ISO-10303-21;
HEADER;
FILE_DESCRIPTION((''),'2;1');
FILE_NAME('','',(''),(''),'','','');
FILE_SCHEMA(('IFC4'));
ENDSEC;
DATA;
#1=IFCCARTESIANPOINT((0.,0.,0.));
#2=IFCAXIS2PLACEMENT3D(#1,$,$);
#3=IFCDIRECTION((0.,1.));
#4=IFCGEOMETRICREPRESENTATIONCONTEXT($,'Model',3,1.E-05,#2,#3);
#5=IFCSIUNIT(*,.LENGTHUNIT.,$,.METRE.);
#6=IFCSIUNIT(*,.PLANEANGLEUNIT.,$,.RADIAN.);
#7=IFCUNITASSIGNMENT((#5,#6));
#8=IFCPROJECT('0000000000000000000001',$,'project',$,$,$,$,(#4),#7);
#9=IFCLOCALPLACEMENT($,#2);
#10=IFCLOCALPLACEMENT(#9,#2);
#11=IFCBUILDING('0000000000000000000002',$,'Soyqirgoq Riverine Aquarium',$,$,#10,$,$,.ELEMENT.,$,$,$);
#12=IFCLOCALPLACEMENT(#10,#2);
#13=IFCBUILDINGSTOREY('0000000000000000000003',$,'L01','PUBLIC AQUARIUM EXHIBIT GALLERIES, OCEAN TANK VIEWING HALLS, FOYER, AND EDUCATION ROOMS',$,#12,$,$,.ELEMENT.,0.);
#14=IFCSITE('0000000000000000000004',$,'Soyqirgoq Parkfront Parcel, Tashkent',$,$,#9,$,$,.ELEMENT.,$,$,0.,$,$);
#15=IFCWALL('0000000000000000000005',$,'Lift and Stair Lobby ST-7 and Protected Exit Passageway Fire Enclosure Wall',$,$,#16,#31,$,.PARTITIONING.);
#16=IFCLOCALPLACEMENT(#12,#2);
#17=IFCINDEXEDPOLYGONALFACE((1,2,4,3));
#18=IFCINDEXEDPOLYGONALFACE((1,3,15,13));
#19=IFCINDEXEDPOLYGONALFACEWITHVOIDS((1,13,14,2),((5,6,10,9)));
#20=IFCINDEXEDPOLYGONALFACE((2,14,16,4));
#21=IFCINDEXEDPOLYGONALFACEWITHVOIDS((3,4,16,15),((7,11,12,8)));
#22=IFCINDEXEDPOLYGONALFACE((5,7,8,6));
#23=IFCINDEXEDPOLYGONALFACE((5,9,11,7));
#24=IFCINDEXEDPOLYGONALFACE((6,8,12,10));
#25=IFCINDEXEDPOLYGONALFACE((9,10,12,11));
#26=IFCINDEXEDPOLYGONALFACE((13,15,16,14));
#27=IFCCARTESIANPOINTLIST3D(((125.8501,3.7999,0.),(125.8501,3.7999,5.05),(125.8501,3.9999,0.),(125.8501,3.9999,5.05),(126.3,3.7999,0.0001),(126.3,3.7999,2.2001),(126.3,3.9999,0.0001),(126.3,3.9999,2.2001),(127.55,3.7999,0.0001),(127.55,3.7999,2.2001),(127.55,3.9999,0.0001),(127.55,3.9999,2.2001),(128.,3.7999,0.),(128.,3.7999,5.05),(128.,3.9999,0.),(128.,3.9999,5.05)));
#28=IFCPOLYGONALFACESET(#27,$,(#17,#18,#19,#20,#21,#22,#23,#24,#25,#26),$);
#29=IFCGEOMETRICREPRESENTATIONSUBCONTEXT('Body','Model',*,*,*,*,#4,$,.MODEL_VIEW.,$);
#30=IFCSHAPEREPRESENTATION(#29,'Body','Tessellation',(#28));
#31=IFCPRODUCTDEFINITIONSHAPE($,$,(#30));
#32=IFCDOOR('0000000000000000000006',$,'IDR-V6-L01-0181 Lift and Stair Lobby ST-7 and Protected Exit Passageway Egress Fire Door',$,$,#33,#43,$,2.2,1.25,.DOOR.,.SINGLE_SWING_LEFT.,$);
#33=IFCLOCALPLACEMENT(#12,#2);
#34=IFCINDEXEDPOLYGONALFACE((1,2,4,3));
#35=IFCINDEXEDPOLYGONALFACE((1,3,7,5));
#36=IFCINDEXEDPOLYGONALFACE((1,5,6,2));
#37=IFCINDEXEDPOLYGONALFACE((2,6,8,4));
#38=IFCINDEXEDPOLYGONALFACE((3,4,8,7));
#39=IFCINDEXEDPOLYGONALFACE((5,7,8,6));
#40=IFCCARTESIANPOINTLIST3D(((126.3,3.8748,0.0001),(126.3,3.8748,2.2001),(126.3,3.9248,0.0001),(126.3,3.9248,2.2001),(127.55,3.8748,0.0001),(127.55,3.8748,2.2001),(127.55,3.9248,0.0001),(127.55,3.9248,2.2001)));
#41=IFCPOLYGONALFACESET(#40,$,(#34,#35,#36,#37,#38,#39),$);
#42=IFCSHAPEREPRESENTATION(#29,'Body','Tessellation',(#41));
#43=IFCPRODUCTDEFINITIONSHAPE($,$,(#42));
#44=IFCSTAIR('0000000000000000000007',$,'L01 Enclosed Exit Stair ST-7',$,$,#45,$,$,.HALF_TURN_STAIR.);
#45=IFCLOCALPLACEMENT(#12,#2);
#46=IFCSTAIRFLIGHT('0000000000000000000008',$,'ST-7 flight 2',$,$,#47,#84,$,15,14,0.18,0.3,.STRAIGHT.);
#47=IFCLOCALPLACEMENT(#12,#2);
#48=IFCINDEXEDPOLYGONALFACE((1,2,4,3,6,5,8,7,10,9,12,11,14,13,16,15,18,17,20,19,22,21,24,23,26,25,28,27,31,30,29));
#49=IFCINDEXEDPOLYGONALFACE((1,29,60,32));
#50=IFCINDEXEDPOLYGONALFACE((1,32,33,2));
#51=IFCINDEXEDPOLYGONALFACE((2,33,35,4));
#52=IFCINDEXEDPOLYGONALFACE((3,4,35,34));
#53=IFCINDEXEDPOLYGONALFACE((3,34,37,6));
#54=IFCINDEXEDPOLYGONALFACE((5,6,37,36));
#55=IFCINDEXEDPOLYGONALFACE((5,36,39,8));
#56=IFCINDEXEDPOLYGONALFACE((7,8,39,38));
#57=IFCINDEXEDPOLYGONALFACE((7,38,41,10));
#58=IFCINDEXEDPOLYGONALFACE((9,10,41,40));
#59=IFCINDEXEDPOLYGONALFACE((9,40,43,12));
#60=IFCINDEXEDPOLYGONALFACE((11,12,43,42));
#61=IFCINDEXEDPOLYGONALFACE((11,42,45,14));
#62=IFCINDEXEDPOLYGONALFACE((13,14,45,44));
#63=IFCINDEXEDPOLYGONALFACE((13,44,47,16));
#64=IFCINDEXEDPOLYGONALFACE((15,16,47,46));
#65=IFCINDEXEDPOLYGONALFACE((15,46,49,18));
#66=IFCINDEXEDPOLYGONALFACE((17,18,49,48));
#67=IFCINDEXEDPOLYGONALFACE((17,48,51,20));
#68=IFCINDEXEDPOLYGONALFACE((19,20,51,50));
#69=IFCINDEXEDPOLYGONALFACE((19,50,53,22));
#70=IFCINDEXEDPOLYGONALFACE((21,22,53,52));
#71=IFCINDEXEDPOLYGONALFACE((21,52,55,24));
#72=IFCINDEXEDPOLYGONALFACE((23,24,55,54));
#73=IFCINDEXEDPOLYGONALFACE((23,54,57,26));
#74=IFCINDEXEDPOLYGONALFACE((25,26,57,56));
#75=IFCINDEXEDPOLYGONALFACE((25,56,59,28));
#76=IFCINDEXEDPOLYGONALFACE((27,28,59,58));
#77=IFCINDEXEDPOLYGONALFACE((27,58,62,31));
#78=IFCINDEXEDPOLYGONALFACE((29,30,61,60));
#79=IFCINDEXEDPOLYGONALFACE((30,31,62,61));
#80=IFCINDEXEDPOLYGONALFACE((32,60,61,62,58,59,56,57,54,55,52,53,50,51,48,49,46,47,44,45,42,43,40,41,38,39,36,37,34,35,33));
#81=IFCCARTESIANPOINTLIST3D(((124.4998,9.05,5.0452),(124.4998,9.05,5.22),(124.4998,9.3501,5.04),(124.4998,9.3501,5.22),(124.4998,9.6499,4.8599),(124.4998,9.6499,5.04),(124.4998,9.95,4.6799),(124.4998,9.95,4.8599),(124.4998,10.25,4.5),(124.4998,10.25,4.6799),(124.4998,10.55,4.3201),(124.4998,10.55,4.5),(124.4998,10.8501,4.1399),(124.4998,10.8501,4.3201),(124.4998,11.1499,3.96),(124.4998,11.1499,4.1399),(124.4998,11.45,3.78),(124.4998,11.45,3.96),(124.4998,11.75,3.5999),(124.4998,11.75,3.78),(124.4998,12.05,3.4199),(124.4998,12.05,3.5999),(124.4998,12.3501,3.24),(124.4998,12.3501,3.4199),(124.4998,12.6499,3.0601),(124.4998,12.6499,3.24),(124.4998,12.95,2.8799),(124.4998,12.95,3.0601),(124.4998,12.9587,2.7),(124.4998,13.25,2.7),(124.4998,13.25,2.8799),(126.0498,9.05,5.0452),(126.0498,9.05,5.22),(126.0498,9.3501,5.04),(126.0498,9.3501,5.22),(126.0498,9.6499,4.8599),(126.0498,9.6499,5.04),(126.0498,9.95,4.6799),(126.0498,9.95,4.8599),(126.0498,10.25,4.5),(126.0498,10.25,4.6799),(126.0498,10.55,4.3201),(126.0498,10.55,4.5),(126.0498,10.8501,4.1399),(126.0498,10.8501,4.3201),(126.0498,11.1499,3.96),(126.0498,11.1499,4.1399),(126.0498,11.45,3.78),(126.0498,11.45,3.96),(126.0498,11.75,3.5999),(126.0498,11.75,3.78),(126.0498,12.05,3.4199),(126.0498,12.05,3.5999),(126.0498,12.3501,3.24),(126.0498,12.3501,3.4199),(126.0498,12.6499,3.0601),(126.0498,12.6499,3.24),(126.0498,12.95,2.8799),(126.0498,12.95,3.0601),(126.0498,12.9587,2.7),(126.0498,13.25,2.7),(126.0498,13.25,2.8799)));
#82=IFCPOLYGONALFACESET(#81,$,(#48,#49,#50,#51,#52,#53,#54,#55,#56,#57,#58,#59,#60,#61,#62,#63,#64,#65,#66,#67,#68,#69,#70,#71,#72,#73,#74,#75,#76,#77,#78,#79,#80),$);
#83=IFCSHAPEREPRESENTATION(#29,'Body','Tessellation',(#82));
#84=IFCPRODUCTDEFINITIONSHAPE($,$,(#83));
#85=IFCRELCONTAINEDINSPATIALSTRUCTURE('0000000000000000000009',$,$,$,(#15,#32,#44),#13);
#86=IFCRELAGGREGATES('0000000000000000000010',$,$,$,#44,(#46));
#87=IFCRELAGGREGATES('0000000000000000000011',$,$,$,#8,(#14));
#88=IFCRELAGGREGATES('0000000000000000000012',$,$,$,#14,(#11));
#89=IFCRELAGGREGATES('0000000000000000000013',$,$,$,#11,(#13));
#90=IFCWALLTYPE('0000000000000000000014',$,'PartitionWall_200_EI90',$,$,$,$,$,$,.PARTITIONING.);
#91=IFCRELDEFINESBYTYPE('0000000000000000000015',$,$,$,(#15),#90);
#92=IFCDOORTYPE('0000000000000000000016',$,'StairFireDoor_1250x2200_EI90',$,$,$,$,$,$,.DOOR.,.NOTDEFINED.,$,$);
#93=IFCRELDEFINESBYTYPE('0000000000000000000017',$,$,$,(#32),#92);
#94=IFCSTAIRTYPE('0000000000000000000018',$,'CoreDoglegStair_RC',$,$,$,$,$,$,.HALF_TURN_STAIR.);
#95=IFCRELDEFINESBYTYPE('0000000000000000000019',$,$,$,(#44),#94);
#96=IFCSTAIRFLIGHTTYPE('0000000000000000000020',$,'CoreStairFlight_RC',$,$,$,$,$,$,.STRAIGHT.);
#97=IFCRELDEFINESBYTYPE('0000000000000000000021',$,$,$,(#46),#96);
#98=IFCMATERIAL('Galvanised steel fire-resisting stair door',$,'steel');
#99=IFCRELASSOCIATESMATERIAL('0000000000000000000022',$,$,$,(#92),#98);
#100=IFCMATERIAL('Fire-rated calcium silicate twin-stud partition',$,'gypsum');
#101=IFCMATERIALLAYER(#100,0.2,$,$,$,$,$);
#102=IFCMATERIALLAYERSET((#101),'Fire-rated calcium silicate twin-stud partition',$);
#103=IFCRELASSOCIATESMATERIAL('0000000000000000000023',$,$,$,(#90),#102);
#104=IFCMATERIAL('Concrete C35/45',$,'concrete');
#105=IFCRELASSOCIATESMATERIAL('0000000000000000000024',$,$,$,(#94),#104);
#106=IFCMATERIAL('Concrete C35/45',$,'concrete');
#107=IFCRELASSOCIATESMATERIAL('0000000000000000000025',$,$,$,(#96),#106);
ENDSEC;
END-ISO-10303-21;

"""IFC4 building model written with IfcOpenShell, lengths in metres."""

from ifc_helpers import new_model, si_unit, direction, frame, frame_2d, origin, place, context, subcontext, project, spatial, polyline, rectangle, outline, extrude, material, layer, layer_set, type_object, element, fill, aggregate, save


model = new_model("IFC4")

# Units and contexts
model_context = context("Model", 3, precision=1e-05, world=origin(), true_north=direction((0.0, 1.0)))
body_context = subcontext(model_context, "Body", "Model", "MODEL_VIEW")
ifc_project = project(units=[si_unit("LENGTHUNIT", "METRE"), si_unit("PLANEANGLEUNIT", "RADIAN")], contexts=[model_context])

# Site, building, storey
site_placement = place(None, origin())
site = spatial("IfcSite", under=ifc_project, at=site_placement, Name="Soyqirgoq Parkfront Parcel, Tashkent", CompositionType="ELEMENT", RefElevation=0.0)
building_placement = place(site_placement, origin())
building = spatial("IfcBuilding", under=site, at=building_placement, Name="Soyqirgoq Riverine Aquarium", CompositionType="ELEMENT")
storey_placement = place(building_placement, origin())
storey = spatial("IfcBuildingStorey", under=building, at=storey_placement, Name="L01", Description="PUBLIC AQUARIUM EXHIBIT GALLERIES, OCEAN TANK VIEWING HALLS, FOYER, AND EDUCATION ROOMS", CompositionType="ELEMENT", Elevation=0.0)

# Shared definitions
ifc_material_1 = material(Name="Galvanised steel fire-resisting stair door", Category="steel")
door_type_1 = type_object("IfcDoorType", Name="StairFireDoor_1250x2200_EI90", OperationType="NOTDEFINED", PredefinedType="DOOR", material=ifc_material_1)

# Wall, opening, door
ifc_material_2 = material(Name="Fire-rated calcium silicate twin-stud partition", Category="gypsum")
ifc_layer_1 = layer(ifc_material_2, 0.2)
ifc_layer_set_1 = layer_set([ifc_layer_1], Name="Fire-rated calcium silicate twin-stud partition")
wall_type_1 = type_object("IfcWallType", Name="PartitionWall_200_EI90", PredefinedType="PARTITIONING", material=ifc_layer_set_1)
wall_1_placement = place(storey_placement, frame((125.8501, 3.8999, 0.0), z_axis=(0.0, 0.0, 1.0), x_axis=(1.0, 0.0, 0.0)))
wall_1 = element("IfcWall", 1, at=wall_1_placement, inside=storey, type_object=wall_type_1, Name="Lift and Stair Lobby ST-7 and Protected Exit Passageway Fire Enclosure Wall", PredefinedType="PARTITIONING", context=body_context, shape_type="SweptSolid", body=[
    extrude(rectangle(XDim=2.1499, YDim=0.2, at=frame_2d((1.075, 0.0))), origin(), (0.0, 0.0, 1.0), 5.05),
])
opening_1_placement = place(wall_1_placement, frame((0.45, 0.0, 0.0)))
opening_1 = element("IfcOpeningElement", 2, at=opening_1_placement, cuts=wall_1, PredefinedType="OPENING", context=body_context, shape_type="SweptSolid", body=[
    extrude(rectangle(XDim=1.25, YDim=2.2, at=frame_2d((0.625, 1.1001))), frame((0.0, 0.1099, 0.0), z_axis=(0.0, -1.0, 0.0), x_axis=(1.0, 0.0, 0.0)), (0.0, 0.0, 1.0), 0.22),
])
door_1_placement = place(opening_1_placement, origin())
door_1 = element("IfcDoor", 3, at=door_1_placement, inside=storey, type_object=door_type_1, Name="IDR-V6-L01-0181 Lift and Stair Lobby ST-7 and Protected Exit Passageway Egress Fire Door", OperationType="SINGLE_SWING_LEFT", OverallHeight=2.2, OverallWidth=1.25, PredefinedType="DOOR", context=body_context, shape_type="SweptSolid", body=[
    extrude(rectangle(XDim=1.25, YDim=2.2, at=frame_2d((0.625, 1.1001))), frame((0.0, 0.0249, 0.0), z_axis=(0.0, -1.0, 0.0), x_axis=(1.0, 0.0, 0.0)), (0.0, 0.0, 1.0), 0.05),
])
fill(opening_1, door_1)

# Stair, stair flight
ifc_material_3 = material(Name="Concrete C35/45", Category="concrete")
stair_type = type_object("IfcStairType", Name="CoreDoglegStair_RC", PredefinedType="HALF_TURN_STAIR", material=ifc_material_3)
stair_placement = place(storey_placement, origin())
stair = element("IfcStair", 4, at=stair_placement, inside=storey, type_object=stair_type, Name="L01 Enclosed Exit Stair ST-7", PredefinedType="HALF_TURN_STAIR")
ifc_material_4 = material(Name="Concrete C35/45", Category="concrete")
stair_flight_type = type_object("IfcStairFlightType", Name="CoreStairFlight_RC", PredefinedType="STRAIGHT", material=ifc_material_4)
stair_flight_placement = place(storey_placement, frame((125.2749, 13.25, 2.7), z_axis=(0.0, 0.0, 1.0), x_axis=(0.0, -1.0, 0.0)))
stair_flight = element("IfcStairFlight", 5, at=stair_flight_placement, type_object=stair_flight_type, Name="ST-7 flight 2", NumberOfRisers=15, NumberOfTreads=14, PredefinedType="STRAIGHT", RiserHeight=0.18, TreadLength=0.3, context=body_context, shape_type="SweptSolid", body=[
    extrude(outline(polyline([(0.0, 0.0), (0.0, 0.1799), (0.3, 0.1799), (0.3, 0.3601), (0.6001, 0.3601), (0.6001, 0.54), (0.8999, 0.54), (0.8999, 0.72), (1.2, 0.72), (1.2, 0.8999), (1.5, 0.8999), (1.5, 1.0801), (1.8, 1.0801), (1.8, 1.26), (2.1001, 1.26), (2.1001, 1.4399), (2.3999, 1.4399), (2.3999, 1.6201), (2.7, 1.6201), (2.7, 1.8), (3.0, 1.8), (3.0, 1.98), (3.3, 1.98), (3.3, 2.1599), (3.6001, 2.1599), (3.6001, 2.3401), (3.8999, 2.3401), (3.8999, 2.52), (4.2, 2.52), (4.2, 2.7), (4.2, 2.3452), (0.2913, 0.0), (0.0, 0.0)])), frame((0.0, 0.7749, 0.0), z_axis=(0.0, -1.0, 0.0), x_axis=(1.0, 0.0, 0.0)), (0.0, 0.0, 1.0), 1.55),
])
aggregate(stair, [stair_flight])

save(model, "model.ifc")
